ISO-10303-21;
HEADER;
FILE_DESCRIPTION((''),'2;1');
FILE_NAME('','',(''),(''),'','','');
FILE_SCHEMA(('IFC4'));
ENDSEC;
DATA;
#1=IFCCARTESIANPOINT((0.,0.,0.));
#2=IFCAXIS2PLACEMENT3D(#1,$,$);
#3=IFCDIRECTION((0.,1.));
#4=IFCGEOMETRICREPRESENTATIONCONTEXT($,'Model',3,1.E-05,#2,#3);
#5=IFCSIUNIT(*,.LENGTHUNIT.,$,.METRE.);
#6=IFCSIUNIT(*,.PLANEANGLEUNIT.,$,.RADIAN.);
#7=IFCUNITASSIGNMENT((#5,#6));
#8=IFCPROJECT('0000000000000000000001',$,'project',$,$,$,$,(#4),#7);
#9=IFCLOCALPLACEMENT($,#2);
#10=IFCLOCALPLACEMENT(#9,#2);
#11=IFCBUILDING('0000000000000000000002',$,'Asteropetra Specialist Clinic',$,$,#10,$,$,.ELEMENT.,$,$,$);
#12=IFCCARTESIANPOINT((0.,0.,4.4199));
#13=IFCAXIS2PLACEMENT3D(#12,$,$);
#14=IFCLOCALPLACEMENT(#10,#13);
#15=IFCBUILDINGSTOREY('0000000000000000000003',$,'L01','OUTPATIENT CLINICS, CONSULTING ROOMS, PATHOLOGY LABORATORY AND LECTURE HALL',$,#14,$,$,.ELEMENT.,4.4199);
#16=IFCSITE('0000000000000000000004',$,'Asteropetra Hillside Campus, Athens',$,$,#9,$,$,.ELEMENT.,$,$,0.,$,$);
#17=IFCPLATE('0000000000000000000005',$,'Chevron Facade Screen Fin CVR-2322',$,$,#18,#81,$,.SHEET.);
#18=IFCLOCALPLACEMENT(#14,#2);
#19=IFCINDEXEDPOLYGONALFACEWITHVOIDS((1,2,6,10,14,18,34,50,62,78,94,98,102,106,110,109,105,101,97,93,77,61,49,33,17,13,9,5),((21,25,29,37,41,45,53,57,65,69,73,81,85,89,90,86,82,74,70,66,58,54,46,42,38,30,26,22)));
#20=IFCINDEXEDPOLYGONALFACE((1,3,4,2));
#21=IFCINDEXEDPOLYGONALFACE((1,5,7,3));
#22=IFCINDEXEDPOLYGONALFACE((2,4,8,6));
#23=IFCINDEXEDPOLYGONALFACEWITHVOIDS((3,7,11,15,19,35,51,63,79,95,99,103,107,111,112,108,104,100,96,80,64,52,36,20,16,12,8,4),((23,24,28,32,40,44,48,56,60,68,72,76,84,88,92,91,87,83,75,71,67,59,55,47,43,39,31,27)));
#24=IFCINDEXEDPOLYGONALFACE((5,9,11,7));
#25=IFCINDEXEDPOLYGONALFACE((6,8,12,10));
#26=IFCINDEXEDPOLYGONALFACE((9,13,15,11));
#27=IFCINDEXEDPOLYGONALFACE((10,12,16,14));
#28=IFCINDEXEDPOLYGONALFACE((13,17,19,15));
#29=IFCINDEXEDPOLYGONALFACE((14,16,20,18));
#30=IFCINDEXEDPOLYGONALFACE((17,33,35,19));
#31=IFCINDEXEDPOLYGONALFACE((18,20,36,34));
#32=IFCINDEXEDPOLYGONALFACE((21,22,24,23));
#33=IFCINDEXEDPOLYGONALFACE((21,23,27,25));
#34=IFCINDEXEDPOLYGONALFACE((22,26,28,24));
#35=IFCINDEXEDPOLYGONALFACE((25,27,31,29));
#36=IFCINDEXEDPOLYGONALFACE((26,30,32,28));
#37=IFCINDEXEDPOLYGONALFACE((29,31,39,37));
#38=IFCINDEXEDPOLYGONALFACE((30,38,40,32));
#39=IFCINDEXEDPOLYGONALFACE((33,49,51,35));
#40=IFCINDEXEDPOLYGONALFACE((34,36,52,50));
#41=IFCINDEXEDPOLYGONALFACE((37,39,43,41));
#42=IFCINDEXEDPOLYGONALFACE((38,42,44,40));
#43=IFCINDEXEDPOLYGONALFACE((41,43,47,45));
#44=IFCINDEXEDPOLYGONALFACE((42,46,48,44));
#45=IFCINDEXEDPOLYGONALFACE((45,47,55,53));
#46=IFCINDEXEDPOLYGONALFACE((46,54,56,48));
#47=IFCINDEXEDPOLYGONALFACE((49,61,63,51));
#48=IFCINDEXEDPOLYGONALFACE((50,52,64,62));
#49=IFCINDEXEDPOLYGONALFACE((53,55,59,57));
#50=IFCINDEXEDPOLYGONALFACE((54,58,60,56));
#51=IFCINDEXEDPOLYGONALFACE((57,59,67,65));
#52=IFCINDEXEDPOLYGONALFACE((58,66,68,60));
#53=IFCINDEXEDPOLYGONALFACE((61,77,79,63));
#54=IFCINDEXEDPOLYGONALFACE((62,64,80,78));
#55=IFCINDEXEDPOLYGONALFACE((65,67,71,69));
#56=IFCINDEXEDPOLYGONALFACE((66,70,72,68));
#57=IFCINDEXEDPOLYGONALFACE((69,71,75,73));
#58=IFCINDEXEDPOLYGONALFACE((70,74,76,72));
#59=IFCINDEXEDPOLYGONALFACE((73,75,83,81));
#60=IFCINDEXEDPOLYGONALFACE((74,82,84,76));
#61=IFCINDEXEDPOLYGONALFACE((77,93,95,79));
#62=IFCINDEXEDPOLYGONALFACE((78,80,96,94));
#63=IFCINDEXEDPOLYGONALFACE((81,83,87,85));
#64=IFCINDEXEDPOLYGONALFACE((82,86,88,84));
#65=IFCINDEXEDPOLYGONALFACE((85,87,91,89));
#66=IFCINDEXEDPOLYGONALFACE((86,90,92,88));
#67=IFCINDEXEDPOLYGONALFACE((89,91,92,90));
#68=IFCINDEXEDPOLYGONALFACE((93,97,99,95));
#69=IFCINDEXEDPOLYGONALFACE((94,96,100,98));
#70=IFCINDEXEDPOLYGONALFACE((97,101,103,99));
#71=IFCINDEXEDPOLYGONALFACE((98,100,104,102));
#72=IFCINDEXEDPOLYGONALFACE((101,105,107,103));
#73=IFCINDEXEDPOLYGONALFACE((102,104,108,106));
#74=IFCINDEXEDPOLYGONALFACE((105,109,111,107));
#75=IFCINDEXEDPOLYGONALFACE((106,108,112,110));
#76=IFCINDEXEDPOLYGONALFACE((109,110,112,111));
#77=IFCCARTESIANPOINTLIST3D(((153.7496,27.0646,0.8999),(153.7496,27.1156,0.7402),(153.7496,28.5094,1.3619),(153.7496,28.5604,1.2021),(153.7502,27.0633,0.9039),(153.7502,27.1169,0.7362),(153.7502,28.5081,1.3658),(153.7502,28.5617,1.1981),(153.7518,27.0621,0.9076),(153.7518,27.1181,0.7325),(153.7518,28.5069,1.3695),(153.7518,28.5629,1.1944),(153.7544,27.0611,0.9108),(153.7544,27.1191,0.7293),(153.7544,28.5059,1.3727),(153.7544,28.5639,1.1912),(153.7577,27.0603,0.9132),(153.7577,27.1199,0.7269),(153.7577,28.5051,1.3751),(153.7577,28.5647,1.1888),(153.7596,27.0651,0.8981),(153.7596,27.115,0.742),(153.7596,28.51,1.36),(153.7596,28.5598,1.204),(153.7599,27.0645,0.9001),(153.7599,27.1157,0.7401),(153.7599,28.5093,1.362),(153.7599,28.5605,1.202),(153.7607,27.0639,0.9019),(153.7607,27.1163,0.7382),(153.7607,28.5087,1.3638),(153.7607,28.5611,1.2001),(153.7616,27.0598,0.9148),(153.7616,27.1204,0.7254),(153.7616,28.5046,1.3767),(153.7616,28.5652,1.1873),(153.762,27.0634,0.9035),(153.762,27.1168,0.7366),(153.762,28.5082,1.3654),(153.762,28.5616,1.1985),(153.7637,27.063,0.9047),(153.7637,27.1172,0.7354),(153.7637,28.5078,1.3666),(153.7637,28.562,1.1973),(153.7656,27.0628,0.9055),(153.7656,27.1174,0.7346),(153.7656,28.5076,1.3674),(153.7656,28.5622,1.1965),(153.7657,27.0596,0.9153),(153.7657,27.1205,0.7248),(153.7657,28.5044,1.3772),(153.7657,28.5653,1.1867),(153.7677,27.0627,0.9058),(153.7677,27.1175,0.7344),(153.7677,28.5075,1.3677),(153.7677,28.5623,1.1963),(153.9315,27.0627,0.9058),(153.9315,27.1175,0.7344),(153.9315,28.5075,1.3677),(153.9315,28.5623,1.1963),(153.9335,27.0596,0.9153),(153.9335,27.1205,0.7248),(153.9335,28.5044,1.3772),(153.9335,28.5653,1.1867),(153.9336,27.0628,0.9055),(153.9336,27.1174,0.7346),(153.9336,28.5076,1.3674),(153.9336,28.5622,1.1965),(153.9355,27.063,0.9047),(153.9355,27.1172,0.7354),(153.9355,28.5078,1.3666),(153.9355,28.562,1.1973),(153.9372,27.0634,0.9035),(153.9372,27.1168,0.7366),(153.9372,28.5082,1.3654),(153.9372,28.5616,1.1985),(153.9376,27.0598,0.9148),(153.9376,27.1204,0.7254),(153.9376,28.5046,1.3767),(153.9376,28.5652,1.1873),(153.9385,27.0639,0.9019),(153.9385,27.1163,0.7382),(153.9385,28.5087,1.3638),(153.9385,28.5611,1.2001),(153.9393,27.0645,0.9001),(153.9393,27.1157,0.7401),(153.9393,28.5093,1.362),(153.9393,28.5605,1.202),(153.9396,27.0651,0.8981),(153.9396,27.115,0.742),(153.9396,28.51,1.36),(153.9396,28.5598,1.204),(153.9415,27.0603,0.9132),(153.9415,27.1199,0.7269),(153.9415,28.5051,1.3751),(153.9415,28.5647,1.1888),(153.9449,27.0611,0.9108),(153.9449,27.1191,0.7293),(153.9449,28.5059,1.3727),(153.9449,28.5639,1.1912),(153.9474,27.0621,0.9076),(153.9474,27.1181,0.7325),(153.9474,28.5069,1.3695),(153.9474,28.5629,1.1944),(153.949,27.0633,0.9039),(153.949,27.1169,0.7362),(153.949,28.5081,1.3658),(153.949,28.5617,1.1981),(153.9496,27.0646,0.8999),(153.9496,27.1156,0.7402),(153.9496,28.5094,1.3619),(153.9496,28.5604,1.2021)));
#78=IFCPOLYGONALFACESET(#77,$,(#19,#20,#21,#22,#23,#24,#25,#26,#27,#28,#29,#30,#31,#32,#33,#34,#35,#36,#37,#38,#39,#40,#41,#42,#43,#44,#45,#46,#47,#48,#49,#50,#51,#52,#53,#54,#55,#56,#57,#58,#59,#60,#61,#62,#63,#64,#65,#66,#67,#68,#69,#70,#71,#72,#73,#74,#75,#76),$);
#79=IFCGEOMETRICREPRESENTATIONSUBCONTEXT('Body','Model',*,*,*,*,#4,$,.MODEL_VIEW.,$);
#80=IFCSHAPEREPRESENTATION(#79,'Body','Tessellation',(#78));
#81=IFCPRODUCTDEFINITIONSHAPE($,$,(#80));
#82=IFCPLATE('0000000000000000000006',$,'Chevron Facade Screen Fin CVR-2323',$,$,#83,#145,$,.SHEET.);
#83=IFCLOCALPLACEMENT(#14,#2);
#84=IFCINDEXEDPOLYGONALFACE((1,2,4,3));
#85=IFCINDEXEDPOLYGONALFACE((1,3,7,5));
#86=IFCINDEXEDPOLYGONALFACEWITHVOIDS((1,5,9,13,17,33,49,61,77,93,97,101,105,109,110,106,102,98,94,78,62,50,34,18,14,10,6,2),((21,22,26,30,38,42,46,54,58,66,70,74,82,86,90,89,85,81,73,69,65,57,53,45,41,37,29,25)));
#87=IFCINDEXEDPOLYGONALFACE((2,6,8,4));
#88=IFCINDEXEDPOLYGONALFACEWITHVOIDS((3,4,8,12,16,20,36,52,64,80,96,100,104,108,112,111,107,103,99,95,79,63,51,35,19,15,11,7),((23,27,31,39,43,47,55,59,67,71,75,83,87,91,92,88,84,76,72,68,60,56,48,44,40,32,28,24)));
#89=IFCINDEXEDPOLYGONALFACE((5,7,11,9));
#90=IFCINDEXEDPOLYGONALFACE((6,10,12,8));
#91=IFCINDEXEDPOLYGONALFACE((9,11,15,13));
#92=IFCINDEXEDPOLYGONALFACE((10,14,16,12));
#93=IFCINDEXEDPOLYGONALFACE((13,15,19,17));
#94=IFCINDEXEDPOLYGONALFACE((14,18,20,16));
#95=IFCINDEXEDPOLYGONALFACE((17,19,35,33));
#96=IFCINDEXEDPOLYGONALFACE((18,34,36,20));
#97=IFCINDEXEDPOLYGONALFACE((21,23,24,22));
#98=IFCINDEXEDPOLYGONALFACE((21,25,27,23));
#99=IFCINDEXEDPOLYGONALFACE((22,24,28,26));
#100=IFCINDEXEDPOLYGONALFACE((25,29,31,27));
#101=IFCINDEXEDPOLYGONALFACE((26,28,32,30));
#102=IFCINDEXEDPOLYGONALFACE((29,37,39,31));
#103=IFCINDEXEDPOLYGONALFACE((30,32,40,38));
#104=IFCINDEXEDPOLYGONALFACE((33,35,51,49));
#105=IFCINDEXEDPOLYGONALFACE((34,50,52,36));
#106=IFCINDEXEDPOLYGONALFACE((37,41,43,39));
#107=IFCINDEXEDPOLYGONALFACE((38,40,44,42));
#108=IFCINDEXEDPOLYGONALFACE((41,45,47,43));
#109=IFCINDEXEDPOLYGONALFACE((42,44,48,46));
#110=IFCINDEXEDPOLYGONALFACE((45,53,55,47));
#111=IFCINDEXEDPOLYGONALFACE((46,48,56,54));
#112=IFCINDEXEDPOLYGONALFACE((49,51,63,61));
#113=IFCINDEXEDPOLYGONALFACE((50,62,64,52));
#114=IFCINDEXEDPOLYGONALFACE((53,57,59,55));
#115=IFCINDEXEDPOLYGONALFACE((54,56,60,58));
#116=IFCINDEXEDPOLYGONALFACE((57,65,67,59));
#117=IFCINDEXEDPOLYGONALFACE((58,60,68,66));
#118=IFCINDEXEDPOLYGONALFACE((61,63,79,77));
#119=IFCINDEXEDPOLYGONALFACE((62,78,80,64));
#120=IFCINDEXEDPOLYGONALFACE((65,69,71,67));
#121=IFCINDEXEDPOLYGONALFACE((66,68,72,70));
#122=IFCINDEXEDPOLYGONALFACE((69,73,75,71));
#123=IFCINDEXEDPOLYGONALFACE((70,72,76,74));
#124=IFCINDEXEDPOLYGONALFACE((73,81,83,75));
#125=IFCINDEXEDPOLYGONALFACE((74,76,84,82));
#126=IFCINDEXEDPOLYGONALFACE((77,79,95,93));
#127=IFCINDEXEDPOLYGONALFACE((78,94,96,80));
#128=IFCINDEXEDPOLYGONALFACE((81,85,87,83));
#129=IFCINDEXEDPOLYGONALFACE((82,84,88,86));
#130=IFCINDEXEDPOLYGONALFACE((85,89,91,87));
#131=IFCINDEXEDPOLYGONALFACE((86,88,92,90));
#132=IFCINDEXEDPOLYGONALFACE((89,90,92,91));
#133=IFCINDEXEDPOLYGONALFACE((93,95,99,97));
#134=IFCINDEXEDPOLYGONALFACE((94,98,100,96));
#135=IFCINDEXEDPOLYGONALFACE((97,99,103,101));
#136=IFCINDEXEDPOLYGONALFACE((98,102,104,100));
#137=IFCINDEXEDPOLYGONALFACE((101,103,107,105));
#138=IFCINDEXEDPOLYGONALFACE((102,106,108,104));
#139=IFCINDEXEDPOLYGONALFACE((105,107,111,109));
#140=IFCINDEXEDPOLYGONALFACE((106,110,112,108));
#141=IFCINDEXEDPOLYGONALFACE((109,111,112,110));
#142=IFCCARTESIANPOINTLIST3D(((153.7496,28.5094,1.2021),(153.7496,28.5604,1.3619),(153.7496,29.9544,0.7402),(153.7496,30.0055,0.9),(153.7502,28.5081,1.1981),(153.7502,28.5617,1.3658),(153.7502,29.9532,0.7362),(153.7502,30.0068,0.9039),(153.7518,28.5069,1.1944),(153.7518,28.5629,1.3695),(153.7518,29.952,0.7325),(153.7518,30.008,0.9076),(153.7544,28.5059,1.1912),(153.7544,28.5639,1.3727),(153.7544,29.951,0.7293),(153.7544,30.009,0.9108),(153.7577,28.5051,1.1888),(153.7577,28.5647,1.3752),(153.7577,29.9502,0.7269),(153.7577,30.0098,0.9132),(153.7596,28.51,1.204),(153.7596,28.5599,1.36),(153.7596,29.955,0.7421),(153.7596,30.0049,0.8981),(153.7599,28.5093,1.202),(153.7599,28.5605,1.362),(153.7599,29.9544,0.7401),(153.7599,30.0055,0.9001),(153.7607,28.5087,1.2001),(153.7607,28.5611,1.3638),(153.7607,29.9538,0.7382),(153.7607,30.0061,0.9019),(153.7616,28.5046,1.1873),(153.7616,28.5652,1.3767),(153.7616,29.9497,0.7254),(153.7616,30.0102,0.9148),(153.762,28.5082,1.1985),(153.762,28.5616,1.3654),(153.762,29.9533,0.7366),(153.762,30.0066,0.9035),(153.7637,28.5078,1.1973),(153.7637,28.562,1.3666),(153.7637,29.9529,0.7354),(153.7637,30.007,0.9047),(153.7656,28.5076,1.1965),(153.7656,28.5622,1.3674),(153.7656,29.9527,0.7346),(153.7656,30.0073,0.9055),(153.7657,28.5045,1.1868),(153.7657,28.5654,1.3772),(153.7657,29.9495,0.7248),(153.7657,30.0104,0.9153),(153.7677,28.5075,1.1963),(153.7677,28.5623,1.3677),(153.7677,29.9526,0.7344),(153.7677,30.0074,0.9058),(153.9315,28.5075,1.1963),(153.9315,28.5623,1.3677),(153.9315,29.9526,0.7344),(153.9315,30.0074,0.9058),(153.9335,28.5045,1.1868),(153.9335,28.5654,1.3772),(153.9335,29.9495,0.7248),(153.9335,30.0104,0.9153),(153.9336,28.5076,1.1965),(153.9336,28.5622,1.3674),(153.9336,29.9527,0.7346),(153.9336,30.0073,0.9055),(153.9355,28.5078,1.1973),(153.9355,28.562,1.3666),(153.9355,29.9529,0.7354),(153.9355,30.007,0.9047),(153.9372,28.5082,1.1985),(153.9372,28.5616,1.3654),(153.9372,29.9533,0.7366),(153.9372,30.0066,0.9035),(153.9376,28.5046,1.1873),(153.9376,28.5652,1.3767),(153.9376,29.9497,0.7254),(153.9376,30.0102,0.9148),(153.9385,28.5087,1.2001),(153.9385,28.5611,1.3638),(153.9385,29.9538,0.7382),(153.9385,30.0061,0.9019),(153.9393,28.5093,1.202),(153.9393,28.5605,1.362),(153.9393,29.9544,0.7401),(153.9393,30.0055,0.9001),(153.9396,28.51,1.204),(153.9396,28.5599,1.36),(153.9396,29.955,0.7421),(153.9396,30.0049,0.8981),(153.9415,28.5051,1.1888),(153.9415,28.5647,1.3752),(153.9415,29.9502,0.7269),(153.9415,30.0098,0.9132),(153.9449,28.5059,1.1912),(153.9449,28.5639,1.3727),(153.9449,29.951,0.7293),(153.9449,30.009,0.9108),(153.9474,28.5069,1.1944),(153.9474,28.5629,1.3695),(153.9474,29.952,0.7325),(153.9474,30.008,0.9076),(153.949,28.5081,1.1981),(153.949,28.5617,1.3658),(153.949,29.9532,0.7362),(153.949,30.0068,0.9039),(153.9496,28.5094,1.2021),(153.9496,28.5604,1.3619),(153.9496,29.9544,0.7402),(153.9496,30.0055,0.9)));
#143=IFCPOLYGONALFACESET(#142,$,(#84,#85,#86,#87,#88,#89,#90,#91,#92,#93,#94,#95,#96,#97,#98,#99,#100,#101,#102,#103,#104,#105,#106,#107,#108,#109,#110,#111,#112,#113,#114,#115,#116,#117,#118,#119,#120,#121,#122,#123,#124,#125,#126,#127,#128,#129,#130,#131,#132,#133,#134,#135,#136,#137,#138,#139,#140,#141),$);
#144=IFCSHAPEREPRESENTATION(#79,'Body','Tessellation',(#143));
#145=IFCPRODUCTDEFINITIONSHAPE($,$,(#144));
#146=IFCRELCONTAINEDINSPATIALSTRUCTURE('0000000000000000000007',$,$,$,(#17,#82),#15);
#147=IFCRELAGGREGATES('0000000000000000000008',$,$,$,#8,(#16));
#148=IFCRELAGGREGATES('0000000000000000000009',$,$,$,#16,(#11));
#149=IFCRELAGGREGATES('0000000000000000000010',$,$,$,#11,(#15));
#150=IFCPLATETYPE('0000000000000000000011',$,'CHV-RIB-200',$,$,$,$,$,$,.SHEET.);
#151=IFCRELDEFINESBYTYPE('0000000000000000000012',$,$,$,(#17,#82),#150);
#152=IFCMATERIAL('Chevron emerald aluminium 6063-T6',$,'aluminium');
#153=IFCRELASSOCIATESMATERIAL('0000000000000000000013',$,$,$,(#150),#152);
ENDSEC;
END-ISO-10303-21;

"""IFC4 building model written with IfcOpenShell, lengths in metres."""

from ifc_helpers import new_model, si_unit, direction, frame, origin, origin_2d, place, context, subcontext, project, spatial, hollow_rectangle, extrude, material, material_profile, profile_set, type_object, element, save


model = new_model("IFC4")

# Units and contexts
model_context = context("Model", 3, precision=1e-05, world=origin(), true_north=direction((0.0, 1.0)))
body_context = subcontext(model_context, "Body", "Model", "MODEL_VIEW")
ifc_project = project(units=[si_unit("LENGTHUNIT", "METRE"), si_unit("PLANEANGLEUNIT", "RADIAN")], contexts=[model_context])

# Site, building, storey
site_placement = place(None, origin())
site = spatial("IfcSite", under=ifc_project, at=site_placement, Name="Asteropetra Hillside Campus, Athens", CompositionType="ELEMENT", RefElevation=0.0)
building_placement = place(site_placement, origin())
building = spatial("IfcBuilding", under=site, at=building_placement, Name="Asteropetra Specialist Clinic", CompositionType="ELEMENT")
storey_placement = place(building_placement, frame((0.0, 0.0, 4.4199)))
storey = spatial("IfcBuildingStorey", under=building, at=storey_placement, Name="L01", Description="OUTPATIENT CLINICS, CONSULTING ROOMS, PATHOLOGY LABORATORY AND LECTURE HALL", CompositionType="ELEMENT", Elevation=4.4199)

# Plates
ifc_material_1 = material(Name="Chevron emerald aluminium 6063-T6", Category="aluminium")
ifc_material_profile = material_profile(ifc_material_1, hollow_rectangle(XDim=0.2, YDim=0.2, WallThickness=0.01, InnerFilletRadius=0.0081, OuterFilletRadius=0.0161, at=origin_2d()), Name="SHS 200x200x10.0")
ifc_profile_set = profile_set([ifc_material_profile], Name="Chevron emerald aluminium 6063-T6")
plate_type = type_object("IfcPlateType", Name="CHV-RIB-200", PredefinedType="SHEET", material=ifc_profile_set)
plate_1_placement = place(storey_placement, frame((153.8496, 27.0901, 0.8201), z_axis=(0.0, 0.952506, 0.304519), x_axis=(-1.0, 0.0, 0.0)))
element("IfcPlate", 1, at=plate_1_placement, inside=storey, type_object=plate_type, Name="Chevron Facade Screen Fin CVR-2322", PredefinedType="SHEET", context=body_context, shape_type="SweptSolid", body=[
    extrude(hollow_rectangle(XDim=0.2, YDim=0.2, WallThickness=0.01, InnerFilletRadius=0.0081, OuterFilletRadius=0.0161, at=origin_2d()), origin(), (0.0, 0.0, 1.0), 1.5168),
])
plate_2_placement = place(storey_placement, frame((153.8496, 28.5349, 1.282), z_axis=(0.0, 0.952521, -0.304472), x_axis=(-1.0, 0.0, 0.0)))
element("IfcPlate", 2, at=plate_2_placement, inside=storey, type_object=plate_type, Name="Chevron Facade Screen Fin CVR-2323", PredefinedType="SHEET", context=body_context, shape_type="SweptSolid", body=[
    extrude(hollow_rectangle(XDim=0.2, YDim=0.2, WallThickness=0.01, InnerFilletRadius=0.0081, OuterFilletRadius=0.0161, at=origin_2d()), origin(), (0.0, 0.0, 1.0), 1.5171),
])

save(model, "model.ifc")
